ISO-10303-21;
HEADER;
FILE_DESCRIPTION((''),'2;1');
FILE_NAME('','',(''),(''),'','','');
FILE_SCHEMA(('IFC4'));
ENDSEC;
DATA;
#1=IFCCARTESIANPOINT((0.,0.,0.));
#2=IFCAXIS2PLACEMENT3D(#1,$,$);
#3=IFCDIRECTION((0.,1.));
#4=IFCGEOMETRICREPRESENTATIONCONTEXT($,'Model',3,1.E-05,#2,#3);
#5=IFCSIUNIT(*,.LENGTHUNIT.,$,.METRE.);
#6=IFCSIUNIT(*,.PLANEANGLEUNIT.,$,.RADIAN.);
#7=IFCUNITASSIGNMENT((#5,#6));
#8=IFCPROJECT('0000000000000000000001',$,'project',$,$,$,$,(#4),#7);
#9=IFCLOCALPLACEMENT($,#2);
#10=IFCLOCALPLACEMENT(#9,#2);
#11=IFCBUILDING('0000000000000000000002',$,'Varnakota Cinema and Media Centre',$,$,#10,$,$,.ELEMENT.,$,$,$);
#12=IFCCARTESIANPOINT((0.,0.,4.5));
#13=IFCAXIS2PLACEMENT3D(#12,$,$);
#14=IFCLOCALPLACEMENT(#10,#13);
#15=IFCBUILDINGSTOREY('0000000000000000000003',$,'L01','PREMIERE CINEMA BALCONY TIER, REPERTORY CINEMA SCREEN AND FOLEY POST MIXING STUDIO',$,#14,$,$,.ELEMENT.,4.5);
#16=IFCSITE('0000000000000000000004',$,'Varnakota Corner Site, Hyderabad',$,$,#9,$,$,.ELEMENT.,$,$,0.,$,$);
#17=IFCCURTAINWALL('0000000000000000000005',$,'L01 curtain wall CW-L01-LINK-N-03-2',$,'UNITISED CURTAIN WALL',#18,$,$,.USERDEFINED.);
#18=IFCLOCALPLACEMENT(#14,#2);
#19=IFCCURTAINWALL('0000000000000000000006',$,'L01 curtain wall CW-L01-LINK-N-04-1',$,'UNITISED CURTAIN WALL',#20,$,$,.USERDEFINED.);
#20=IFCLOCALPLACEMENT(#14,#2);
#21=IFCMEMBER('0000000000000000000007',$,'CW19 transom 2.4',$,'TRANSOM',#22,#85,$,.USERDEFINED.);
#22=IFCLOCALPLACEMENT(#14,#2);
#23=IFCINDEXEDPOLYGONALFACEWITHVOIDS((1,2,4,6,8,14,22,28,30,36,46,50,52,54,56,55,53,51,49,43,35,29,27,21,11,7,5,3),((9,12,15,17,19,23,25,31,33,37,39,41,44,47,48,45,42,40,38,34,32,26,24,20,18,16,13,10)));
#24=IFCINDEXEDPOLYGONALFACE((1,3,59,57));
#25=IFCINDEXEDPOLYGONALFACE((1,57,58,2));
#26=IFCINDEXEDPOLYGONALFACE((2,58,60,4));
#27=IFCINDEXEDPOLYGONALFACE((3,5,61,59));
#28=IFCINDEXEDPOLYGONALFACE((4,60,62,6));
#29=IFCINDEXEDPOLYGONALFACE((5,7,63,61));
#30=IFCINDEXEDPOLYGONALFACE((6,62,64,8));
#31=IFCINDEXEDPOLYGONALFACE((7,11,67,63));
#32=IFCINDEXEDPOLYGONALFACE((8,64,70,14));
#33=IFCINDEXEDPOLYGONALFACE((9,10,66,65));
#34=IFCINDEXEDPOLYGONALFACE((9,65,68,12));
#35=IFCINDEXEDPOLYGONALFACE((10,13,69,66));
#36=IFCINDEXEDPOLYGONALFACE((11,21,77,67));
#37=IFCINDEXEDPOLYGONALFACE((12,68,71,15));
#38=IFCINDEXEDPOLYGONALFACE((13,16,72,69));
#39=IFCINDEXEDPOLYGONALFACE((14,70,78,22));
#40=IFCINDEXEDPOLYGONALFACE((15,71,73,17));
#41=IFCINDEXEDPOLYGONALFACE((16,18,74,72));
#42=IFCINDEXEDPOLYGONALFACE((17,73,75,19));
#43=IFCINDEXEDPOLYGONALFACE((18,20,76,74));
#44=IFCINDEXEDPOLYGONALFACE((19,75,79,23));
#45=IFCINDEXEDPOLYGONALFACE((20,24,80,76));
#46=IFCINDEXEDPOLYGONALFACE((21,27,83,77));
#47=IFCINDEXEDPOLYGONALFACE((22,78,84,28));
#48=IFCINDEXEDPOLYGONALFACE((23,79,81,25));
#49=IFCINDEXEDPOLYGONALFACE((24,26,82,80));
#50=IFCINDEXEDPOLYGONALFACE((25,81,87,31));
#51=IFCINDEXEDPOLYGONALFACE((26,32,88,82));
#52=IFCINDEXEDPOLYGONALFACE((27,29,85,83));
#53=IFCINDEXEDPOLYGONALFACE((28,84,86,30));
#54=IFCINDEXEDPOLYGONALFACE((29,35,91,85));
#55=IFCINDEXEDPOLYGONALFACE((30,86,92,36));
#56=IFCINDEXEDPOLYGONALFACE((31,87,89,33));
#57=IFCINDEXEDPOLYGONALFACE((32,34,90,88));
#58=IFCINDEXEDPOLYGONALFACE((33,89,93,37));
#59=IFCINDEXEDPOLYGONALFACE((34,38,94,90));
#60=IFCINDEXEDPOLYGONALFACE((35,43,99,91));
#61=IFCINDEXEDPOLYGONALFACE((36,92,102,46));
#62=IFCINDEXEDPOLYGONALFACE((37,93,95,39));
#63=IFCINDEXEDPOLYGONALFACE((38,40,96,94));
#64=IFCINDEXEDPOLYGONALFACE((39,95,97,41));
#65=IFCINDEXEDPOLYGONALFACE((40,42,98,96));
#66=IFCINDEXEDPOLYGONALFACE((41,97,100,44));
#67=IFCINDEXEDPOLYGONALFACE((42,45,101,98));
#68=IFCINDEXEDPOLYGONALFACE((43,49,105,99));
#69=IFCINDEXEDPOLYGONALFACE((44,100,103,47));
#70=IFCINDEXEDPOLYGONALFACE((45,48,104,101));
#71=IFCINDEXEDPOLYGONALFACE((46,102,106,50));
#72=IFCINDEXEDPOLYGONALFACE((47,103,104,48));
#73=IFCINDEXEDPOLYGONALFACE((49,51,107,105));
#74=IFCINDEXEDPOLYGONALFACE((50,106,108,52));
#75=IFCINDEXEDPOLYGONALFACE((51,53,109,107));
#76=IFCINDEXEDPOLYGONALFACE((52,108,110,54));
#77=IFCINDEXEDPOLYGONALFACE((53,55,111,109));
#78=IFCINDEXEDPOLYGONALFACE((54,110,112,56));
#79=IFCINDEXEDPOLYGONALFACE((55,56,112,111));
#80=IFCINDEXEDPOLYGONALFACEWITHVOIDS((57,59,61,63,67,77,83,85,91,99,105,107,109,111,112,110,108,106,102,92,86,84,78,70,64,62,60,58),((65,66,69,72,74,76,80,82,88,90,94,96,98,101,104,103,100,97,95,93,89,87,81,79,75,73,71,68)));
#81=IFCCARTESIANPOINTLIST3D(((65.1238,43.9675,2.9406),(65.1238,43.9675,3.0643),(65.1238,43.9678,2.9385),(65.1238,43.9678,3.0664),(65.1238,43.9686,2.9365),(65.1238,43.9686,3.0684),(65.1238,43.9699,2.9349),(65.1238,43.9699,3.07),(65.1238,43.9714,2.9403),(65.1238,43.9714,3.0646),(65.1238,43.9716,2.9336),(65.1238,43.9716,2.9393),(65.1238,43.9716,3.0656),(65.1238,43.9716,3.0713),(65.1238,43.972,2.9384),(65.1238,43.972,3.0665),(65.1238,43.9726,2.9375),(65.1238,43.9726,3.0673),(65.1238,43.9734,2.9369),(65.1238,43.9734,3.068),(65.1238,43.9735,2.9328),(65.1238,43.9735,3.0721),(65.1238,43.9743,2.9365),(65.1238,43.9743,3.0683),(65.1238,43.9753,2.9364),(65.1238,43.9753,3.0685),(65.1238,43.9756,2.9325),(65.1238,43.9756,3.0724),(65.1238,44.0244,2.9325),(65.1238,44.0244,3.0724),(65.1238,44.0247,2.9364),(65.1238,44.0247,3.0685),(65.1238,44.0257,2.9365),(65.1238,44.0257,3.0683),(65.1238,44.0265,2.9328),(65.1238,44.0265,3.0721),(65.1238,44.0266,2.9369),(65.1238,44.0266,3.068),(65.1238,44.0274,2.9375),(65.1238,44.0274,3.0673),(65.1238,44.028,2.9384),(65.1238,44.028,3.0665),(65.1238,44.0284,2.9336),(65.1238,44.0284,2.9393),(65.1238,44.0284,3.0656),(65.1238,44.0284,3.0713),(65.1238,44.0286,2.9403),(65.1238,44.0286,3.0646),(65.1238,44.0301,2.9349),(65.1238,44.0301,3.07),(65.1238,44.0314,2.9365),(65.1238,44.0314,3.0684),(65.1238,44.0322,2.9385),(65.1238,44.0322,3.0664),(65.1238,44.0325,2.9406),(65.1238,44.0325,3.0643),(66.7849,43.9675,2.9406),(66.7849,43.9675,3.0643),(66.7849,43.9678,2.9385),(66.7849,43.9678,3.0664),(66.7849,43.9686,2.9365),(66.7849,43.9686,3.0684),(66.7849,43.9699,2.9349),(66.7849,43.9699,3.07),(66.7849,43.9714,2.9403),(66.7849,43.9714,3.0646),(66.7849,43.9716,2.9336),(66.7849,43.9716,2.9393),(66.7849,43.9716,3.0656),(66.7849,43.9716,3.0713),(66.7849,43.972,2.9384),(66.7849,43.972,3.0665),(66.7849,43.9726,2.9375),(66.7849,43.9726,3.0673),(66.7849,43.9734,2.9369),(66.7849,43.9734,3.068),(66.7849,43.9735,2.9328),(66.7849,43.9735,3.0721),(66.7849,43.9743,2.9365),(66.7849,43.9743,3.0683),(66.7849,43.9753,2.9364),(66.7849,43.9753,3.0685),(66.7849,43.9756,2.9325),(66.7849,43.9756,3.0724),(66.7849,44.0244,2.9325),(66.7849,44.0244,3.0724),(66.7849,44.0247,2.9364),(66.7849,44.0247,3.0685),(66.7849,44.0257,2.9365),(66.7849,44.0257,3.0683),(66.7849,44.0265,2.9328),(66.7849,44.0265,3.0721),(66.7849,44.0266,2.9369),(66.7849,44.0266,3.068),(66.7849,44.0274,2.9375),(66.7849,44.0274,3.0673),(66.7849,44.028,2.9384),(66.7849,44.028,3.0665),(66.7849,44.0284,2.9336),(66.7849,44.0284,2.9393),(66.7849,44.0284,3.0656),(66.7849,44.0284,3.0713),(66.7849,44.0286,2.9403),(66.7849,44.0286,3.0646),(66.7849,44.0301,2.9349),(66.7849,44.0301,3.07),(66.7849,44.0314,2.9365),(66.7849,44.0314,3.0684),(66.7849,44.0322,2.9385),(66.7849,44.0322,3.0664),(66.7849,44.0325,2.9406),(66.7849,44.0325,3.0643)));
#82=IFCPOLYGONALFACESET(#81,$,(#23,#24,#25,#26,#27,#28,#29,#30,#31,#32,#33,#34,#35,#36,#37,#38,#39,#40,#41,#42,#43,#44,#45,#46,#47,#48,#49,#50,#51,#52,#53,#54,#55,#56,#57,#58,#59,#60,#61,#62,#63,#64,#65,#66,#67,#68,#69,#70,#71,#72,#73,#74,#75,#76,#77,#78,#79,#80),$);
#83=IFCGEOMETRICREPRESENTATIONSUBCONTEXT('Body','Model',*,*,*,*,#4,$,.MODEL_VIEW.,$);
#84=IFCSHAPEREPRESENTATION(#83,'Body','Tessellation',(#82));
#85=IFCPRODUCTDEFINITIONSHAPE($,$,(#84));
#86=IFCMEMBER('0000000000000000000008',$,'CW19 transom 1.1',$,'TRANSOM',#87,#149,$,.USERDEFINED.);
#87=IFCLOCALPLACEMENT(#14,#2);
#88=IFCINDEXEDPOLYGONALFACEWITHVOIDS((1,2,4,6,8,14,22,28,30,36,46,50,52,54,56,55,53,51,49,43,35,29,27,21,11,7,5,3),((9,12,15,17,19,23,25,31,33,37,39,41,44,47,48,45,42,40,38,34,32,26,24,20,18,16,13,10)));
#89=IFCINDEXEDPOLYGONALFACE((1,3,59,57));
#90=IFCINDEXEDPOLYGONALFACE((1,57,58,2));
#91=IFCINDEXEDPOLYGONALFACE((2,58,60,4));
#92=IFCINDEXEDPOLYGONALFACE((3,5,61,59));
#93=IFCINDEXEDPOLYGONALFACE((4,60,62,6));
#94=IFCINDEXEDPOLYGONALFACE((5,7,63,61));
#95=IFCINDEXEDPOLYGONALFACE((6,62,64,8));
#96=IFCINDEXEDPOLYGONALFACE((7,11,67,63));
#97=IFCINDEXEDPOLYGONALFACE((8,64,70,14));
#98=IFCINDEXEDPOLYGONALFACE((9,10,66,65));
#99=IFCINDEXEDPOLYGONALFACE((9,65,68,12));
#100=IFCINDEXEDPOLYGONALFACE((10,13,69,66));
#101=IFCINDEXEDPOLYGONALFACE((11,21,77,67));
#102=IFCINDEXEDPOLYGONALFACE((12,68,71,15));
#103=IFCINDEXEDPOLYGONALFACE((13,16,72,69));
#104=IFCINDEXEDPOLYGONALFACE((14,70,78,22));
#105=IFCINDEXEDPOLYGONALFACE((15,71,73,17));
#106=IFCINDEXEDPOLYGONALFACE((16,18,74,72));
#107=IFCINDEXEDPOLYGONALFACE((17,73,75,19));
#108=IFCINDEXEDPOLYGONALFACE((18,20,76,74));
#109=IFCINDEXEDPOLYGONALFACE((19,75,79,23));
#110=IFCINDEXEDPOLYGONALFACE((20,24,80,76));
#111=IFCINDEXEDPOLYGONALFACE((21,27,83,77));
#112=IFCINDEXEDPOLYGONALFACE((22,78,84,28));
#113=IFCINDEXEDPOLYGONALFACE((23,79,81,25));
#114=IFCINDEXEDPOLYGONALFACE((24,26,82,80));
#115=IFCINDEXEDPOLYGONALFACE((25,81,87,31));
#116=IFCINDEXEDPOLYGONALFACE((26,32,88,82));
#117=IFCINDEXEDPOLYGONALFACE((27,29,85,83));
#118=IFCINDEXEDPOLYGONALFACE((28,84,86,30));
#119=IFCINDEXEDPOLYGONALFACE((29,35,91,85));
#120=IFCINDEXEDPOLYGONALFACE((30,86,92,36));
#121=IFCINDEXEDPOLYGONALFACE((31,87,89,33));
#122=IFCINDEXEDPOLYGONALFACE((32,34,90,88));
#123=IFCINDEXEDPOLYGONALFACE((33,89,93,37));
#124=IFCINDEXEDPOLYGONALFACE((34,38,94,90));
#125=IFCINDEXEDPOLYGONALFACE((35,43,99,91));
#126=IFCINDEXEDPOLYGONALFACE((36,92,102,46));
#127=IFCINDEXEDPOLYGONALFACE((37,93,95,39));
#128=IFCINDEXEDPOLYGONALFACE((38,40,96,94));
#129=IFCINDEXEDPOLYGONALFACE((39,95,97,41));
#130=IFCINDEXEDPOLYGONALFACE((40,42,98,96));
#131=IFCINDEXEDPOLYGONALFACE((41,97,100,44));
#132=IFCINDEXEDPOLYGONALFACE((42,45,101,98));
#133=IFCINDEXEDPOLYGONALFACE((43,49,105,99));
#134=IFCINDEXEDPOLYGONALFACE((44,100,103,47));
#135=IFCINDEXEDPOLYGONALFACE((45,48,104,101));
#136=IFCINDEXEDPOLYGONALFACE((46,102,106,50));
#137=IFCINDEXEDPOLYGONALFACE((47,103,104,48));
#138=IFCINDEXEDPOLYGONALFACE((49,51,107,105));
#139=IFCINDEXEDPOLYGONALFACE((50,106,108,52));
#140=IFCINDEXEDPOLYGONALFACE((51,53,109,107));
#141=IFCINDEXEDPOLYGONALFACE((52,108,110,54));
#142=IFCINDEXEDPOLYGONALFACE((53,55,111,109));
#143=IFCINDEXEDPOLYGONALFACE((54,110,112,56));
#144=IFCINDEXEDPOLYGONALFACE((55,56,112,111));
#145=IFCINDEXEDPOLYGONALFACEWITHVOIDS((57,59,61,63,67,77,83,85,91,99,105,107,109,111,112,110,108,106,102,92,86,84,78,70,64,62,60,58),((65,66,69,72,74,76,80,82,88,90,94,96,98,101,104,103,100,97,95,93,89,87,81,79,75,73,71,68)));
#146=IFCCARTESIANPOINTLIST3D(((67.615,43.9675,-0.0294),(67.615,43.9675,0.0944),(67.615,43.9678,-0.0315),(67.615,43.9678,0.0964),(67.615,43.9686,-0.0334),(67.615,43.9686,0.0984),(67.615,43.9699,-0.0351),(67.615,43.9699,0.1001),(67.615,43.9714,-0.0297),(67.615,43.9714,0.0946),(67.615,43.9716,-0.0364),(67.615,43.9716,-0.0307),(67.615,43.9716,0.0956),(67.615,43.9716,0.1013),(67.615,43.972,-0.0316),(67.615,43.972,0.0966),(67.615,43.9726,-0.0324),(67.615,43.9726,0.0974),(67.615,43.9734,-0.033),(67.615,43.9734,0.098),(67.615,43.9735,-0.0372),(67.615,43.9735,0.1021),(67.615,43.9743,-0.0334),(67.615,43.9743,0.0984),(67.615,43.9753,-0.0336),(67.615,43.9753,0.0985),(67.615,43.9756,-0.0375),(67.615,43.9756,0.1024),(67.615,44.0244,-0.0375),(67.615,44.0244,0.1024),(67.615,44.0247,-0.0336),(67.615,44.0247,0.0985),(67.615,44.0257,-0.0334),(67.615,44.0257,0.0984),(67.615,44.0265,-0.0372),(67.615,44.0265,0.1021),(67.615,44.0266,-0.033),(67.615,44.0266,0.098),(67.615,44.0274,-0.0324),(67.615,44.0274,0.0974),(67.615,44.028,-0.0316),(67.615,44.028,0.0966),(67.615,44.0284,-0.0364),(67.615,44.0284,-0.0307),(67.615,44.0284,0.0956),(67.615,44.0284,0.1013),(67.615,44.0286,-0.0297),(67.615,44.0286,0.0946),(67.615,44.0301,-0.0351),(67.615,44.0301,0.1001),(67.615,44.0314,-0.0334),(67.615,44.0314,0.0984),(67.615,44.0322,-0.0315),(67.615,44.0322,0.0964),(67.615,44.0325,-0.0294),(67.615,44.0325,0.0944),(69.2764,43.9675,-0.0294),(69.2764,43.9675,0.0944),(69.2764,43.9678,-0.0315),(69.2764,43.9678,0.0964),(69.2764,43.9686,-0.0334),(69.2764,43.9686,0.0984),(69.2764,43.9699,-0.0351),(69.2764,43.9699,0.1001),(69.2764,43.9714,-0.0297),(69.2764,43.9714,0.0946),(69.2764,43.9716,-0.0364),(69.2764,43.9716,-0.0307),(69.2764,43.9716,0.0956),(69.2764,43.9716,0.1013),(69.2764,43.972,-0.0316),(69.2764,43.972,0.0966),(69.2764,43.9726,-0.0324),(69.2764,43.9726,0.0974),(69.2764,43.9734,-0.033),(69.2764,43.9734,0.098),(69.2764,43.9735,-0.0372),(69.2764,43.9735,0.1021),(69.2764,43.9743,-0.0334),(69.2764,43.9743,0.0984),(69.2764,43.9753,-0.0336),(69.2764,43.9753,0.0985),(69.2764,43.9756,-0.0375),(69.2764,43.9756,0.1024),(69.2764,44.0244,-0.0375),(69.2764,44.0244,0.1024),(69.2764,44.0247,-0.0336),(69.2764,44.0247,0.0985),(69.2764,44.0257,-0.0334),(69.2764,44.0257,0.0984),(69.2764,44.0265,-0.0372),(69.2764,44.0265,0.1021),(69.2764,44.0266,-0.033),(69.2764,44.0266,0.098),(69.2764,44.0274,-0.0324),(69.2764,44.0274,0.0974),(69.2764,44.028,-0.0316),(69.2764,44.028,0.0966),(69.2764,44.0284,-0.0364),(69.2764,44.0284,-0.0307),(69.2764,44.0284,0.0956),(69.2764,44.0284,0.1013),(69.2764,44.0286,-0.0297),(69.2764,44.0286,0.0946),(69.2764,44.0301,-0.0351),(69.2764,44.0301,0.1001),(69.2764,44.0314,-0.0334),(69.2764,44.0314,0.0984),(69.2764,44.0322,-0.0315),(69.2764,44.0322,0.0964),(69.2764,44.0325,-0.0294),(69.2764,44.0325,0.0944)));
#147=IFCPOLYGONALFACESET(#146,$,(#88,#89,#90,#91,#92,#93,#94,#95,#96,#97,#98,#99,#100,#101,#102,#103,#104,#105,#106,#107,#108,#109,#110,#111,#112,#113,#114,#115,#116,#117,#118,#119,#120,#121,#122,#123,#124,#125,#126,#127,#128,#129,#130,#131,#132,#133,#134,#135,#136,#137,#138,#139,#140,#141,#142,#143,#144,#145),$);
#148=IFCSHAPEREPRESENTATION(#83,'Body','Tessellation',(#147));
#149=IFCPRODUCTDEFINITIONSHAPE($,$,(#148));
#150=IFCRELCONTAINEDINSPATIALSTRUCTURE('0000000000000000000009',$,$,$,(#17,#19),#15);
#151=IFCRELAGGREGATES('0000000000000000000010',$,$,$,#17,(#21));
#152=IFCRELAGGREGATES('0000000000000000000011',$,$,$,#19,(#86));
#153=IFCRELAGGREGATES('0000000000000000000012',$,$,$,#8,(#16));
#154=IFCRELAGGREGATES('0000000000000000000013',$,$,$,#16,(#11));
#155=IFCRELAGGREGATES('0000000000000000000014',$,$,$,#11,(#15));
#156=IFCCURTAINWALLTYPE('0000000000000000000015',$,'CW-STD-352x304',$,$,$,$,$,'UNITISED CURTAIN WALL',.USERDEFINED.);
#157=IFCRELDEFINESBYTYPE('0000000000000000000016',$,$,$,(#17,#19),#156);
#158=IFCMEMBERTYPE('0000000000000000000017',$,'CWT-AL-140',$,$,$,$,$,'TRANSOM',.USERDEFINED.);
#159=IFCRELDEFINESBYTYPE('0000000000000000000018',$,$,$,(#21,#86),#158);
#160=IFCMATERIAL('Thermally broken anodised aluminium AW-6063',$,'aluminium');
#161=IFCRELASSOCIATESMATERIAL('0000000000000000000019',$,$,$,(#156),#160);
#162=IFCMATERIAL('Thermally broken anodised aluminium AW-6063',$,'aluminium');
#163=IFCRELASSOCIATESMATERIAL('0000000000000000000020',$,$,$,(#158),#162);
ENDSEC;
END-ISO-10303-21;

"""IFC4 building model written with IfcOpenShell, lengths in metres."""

from ifc_helpers import new_model, si_unit, direction, frame, origin, origin_2d, place, context, subcontext, project, spatial, hollow_rectangle, extrude, material, material_profile, profile_set, type_object, element, aggregate, save


model = new_model("IFC4")

# Units and contexts
model_context = context("Model", 3, precision=1e-05, world=origin(), true_north=direction((0.0, 1.0)))
body_context = subcontext(model_context, "Body", "Model", "MODEL_VIEW")
ifc_project = project(units=[si_unit("LENGTHUNIT", "METRE"), si_unit("PLANEANGLEUNIT", "RADIAN")], contexts=[model_context])

# Site, building, storey
site_placement = place(None, origin())
site = spatial("IfcSite", under=ifc_project, at=site_placement, Name="Varnakota Corner Site, Hyderabad", CompositionType="ELEMENT", RefElevation=0.0)
building_placement = place(site_placement, origin())
building = spatial("IfcBuilding", under=site, at=building_placement, Name="Varnakota Cinema and Media Centre", CompositionType="ELEMENT")
storey_placement = place(building_placement, frame((0.0, 0.0, 4.5)))
storey = spatial("IfcBuildingStorey", under=building, at=storey_placement, Name="L01", Description="PREMIERE CINEMA BALCONY TIER, REPERTORY CINEMA SCREEN AND FOLEY POST MIXING STUDIO", CompositionType="ELEMENT", Elevation=4.5)

# Curtain walls
ifc_material_1 = material(Name="Thermally broken anodised aluminium AW-6063", Category="aluminium")
curtain_wall_type_1 = type_object("IfcCurtainWallType", Name="CW-STD-352x304", ElementType="UNITISED CURTAIN WALL", PredefinedType="USERDEFINED", material=ifc_material_1)
curtain_wall_1_placement = place(storey_placement, origin())
curtain_wall_1 = element("IfcCurtainWall", 1, at=curtain_wall_1_placement, inside=storey, type_object=curtain_wall_type_1, Name="L01 curtain wall CW-L01-LINK-N-03-2", ObjectType="UNITISED CURTAIN WALL", PredefinedType="USERDEFINED")
curtain_wall_2_placement = place(storey_placement, origin())
curtain_wall_2 = element("IfcCurtainWall", 2, at=curtain_wall_2_placement, inside=storey, type_object=curtain_wall_type_1, Name="L01 curtain wall CW-L01-LINK-N-04-1", ObjectType="UNITISED CURTAIN WALL", PredefinedType="USERDEFINED")

# Members
ifc_material_2 = material(Name="Thermally broken anodised aluminium AW-6063", Category="aluminium")
ifc_material_profile_1 = material_profile(ifc_material_2, hollow_rectangle(XDim=0.0649, YDim=0.1399, WallThickness=0.0039, InnerFilletRadius=0.0039, OuterFilletRadius=0.0081, at=origin_2d()), Name="AL-TRANSOM 140x65x4")
ifc_profile_set_1 = profile_set([ifc_material_profile_1], Name="Thermally broken anodised aluminium AW-6063")
member_type_1 = type_object("IfcMemberType", Name="CWT-AL-140", ElementType="TRANSOM", PredefinedType="USERDEFINED", material=ifc_profile_set_1)
member_1_placement = place(storey_placement, frame((65.1238, 44.0, 3.0024), z_axis=(1.0, 0.0, 0.0), x_axis=(0.0, 1.0, 0.0)))
member_1 = element("IfcMember", 3, at=member_1_placement, type_object=member_type_1, Name="CW19 transom 2.4", ObjectType="TRANSOM", PredefinedType="USERDEFINED", context=body_context, shape_type="SweptSolid", body=[
    extrude(hollow_rectangle(XDim=0.0649, YDim=0.1399, WallThickness=0.0039, InnerFilletRadius=0.0039, OuterFilletRadius=0.0081, at=origin_2d()), origin(), (0.0, 0.0, 1.0), 1.6611),
])
member_2_placement = place(storey_placement, frame((67.615, 44.0, 0.0325), z_axis=(1.0, 0.0, 0.0), x_axis=(0.0, 1.0, 0.0)))
member_2 = element("IfcMember", 4, at=member_2_placement, type_object=member_type_1, Name="CW19 transom 1.1", ObjectType="TRANSOM", PredefinedType="USERDEFINED", context=body_context, shape_type="SweptSolid", body=[
    extrude(hollow_rectangle(XDim=0.0649, YDim=0.1399, WallThickness=0.0039, InnerFilletRadius=0.0039, OuterFilletRadius=0.0081, at=origin_2d()), origin(), (0.0, 0.0, 1.0), 1.6614),
])

aggregate(curtain_wall_1, [member_1])
aggregate(curtain_wall_2, [member_2])

save(model, "model.ifc")
